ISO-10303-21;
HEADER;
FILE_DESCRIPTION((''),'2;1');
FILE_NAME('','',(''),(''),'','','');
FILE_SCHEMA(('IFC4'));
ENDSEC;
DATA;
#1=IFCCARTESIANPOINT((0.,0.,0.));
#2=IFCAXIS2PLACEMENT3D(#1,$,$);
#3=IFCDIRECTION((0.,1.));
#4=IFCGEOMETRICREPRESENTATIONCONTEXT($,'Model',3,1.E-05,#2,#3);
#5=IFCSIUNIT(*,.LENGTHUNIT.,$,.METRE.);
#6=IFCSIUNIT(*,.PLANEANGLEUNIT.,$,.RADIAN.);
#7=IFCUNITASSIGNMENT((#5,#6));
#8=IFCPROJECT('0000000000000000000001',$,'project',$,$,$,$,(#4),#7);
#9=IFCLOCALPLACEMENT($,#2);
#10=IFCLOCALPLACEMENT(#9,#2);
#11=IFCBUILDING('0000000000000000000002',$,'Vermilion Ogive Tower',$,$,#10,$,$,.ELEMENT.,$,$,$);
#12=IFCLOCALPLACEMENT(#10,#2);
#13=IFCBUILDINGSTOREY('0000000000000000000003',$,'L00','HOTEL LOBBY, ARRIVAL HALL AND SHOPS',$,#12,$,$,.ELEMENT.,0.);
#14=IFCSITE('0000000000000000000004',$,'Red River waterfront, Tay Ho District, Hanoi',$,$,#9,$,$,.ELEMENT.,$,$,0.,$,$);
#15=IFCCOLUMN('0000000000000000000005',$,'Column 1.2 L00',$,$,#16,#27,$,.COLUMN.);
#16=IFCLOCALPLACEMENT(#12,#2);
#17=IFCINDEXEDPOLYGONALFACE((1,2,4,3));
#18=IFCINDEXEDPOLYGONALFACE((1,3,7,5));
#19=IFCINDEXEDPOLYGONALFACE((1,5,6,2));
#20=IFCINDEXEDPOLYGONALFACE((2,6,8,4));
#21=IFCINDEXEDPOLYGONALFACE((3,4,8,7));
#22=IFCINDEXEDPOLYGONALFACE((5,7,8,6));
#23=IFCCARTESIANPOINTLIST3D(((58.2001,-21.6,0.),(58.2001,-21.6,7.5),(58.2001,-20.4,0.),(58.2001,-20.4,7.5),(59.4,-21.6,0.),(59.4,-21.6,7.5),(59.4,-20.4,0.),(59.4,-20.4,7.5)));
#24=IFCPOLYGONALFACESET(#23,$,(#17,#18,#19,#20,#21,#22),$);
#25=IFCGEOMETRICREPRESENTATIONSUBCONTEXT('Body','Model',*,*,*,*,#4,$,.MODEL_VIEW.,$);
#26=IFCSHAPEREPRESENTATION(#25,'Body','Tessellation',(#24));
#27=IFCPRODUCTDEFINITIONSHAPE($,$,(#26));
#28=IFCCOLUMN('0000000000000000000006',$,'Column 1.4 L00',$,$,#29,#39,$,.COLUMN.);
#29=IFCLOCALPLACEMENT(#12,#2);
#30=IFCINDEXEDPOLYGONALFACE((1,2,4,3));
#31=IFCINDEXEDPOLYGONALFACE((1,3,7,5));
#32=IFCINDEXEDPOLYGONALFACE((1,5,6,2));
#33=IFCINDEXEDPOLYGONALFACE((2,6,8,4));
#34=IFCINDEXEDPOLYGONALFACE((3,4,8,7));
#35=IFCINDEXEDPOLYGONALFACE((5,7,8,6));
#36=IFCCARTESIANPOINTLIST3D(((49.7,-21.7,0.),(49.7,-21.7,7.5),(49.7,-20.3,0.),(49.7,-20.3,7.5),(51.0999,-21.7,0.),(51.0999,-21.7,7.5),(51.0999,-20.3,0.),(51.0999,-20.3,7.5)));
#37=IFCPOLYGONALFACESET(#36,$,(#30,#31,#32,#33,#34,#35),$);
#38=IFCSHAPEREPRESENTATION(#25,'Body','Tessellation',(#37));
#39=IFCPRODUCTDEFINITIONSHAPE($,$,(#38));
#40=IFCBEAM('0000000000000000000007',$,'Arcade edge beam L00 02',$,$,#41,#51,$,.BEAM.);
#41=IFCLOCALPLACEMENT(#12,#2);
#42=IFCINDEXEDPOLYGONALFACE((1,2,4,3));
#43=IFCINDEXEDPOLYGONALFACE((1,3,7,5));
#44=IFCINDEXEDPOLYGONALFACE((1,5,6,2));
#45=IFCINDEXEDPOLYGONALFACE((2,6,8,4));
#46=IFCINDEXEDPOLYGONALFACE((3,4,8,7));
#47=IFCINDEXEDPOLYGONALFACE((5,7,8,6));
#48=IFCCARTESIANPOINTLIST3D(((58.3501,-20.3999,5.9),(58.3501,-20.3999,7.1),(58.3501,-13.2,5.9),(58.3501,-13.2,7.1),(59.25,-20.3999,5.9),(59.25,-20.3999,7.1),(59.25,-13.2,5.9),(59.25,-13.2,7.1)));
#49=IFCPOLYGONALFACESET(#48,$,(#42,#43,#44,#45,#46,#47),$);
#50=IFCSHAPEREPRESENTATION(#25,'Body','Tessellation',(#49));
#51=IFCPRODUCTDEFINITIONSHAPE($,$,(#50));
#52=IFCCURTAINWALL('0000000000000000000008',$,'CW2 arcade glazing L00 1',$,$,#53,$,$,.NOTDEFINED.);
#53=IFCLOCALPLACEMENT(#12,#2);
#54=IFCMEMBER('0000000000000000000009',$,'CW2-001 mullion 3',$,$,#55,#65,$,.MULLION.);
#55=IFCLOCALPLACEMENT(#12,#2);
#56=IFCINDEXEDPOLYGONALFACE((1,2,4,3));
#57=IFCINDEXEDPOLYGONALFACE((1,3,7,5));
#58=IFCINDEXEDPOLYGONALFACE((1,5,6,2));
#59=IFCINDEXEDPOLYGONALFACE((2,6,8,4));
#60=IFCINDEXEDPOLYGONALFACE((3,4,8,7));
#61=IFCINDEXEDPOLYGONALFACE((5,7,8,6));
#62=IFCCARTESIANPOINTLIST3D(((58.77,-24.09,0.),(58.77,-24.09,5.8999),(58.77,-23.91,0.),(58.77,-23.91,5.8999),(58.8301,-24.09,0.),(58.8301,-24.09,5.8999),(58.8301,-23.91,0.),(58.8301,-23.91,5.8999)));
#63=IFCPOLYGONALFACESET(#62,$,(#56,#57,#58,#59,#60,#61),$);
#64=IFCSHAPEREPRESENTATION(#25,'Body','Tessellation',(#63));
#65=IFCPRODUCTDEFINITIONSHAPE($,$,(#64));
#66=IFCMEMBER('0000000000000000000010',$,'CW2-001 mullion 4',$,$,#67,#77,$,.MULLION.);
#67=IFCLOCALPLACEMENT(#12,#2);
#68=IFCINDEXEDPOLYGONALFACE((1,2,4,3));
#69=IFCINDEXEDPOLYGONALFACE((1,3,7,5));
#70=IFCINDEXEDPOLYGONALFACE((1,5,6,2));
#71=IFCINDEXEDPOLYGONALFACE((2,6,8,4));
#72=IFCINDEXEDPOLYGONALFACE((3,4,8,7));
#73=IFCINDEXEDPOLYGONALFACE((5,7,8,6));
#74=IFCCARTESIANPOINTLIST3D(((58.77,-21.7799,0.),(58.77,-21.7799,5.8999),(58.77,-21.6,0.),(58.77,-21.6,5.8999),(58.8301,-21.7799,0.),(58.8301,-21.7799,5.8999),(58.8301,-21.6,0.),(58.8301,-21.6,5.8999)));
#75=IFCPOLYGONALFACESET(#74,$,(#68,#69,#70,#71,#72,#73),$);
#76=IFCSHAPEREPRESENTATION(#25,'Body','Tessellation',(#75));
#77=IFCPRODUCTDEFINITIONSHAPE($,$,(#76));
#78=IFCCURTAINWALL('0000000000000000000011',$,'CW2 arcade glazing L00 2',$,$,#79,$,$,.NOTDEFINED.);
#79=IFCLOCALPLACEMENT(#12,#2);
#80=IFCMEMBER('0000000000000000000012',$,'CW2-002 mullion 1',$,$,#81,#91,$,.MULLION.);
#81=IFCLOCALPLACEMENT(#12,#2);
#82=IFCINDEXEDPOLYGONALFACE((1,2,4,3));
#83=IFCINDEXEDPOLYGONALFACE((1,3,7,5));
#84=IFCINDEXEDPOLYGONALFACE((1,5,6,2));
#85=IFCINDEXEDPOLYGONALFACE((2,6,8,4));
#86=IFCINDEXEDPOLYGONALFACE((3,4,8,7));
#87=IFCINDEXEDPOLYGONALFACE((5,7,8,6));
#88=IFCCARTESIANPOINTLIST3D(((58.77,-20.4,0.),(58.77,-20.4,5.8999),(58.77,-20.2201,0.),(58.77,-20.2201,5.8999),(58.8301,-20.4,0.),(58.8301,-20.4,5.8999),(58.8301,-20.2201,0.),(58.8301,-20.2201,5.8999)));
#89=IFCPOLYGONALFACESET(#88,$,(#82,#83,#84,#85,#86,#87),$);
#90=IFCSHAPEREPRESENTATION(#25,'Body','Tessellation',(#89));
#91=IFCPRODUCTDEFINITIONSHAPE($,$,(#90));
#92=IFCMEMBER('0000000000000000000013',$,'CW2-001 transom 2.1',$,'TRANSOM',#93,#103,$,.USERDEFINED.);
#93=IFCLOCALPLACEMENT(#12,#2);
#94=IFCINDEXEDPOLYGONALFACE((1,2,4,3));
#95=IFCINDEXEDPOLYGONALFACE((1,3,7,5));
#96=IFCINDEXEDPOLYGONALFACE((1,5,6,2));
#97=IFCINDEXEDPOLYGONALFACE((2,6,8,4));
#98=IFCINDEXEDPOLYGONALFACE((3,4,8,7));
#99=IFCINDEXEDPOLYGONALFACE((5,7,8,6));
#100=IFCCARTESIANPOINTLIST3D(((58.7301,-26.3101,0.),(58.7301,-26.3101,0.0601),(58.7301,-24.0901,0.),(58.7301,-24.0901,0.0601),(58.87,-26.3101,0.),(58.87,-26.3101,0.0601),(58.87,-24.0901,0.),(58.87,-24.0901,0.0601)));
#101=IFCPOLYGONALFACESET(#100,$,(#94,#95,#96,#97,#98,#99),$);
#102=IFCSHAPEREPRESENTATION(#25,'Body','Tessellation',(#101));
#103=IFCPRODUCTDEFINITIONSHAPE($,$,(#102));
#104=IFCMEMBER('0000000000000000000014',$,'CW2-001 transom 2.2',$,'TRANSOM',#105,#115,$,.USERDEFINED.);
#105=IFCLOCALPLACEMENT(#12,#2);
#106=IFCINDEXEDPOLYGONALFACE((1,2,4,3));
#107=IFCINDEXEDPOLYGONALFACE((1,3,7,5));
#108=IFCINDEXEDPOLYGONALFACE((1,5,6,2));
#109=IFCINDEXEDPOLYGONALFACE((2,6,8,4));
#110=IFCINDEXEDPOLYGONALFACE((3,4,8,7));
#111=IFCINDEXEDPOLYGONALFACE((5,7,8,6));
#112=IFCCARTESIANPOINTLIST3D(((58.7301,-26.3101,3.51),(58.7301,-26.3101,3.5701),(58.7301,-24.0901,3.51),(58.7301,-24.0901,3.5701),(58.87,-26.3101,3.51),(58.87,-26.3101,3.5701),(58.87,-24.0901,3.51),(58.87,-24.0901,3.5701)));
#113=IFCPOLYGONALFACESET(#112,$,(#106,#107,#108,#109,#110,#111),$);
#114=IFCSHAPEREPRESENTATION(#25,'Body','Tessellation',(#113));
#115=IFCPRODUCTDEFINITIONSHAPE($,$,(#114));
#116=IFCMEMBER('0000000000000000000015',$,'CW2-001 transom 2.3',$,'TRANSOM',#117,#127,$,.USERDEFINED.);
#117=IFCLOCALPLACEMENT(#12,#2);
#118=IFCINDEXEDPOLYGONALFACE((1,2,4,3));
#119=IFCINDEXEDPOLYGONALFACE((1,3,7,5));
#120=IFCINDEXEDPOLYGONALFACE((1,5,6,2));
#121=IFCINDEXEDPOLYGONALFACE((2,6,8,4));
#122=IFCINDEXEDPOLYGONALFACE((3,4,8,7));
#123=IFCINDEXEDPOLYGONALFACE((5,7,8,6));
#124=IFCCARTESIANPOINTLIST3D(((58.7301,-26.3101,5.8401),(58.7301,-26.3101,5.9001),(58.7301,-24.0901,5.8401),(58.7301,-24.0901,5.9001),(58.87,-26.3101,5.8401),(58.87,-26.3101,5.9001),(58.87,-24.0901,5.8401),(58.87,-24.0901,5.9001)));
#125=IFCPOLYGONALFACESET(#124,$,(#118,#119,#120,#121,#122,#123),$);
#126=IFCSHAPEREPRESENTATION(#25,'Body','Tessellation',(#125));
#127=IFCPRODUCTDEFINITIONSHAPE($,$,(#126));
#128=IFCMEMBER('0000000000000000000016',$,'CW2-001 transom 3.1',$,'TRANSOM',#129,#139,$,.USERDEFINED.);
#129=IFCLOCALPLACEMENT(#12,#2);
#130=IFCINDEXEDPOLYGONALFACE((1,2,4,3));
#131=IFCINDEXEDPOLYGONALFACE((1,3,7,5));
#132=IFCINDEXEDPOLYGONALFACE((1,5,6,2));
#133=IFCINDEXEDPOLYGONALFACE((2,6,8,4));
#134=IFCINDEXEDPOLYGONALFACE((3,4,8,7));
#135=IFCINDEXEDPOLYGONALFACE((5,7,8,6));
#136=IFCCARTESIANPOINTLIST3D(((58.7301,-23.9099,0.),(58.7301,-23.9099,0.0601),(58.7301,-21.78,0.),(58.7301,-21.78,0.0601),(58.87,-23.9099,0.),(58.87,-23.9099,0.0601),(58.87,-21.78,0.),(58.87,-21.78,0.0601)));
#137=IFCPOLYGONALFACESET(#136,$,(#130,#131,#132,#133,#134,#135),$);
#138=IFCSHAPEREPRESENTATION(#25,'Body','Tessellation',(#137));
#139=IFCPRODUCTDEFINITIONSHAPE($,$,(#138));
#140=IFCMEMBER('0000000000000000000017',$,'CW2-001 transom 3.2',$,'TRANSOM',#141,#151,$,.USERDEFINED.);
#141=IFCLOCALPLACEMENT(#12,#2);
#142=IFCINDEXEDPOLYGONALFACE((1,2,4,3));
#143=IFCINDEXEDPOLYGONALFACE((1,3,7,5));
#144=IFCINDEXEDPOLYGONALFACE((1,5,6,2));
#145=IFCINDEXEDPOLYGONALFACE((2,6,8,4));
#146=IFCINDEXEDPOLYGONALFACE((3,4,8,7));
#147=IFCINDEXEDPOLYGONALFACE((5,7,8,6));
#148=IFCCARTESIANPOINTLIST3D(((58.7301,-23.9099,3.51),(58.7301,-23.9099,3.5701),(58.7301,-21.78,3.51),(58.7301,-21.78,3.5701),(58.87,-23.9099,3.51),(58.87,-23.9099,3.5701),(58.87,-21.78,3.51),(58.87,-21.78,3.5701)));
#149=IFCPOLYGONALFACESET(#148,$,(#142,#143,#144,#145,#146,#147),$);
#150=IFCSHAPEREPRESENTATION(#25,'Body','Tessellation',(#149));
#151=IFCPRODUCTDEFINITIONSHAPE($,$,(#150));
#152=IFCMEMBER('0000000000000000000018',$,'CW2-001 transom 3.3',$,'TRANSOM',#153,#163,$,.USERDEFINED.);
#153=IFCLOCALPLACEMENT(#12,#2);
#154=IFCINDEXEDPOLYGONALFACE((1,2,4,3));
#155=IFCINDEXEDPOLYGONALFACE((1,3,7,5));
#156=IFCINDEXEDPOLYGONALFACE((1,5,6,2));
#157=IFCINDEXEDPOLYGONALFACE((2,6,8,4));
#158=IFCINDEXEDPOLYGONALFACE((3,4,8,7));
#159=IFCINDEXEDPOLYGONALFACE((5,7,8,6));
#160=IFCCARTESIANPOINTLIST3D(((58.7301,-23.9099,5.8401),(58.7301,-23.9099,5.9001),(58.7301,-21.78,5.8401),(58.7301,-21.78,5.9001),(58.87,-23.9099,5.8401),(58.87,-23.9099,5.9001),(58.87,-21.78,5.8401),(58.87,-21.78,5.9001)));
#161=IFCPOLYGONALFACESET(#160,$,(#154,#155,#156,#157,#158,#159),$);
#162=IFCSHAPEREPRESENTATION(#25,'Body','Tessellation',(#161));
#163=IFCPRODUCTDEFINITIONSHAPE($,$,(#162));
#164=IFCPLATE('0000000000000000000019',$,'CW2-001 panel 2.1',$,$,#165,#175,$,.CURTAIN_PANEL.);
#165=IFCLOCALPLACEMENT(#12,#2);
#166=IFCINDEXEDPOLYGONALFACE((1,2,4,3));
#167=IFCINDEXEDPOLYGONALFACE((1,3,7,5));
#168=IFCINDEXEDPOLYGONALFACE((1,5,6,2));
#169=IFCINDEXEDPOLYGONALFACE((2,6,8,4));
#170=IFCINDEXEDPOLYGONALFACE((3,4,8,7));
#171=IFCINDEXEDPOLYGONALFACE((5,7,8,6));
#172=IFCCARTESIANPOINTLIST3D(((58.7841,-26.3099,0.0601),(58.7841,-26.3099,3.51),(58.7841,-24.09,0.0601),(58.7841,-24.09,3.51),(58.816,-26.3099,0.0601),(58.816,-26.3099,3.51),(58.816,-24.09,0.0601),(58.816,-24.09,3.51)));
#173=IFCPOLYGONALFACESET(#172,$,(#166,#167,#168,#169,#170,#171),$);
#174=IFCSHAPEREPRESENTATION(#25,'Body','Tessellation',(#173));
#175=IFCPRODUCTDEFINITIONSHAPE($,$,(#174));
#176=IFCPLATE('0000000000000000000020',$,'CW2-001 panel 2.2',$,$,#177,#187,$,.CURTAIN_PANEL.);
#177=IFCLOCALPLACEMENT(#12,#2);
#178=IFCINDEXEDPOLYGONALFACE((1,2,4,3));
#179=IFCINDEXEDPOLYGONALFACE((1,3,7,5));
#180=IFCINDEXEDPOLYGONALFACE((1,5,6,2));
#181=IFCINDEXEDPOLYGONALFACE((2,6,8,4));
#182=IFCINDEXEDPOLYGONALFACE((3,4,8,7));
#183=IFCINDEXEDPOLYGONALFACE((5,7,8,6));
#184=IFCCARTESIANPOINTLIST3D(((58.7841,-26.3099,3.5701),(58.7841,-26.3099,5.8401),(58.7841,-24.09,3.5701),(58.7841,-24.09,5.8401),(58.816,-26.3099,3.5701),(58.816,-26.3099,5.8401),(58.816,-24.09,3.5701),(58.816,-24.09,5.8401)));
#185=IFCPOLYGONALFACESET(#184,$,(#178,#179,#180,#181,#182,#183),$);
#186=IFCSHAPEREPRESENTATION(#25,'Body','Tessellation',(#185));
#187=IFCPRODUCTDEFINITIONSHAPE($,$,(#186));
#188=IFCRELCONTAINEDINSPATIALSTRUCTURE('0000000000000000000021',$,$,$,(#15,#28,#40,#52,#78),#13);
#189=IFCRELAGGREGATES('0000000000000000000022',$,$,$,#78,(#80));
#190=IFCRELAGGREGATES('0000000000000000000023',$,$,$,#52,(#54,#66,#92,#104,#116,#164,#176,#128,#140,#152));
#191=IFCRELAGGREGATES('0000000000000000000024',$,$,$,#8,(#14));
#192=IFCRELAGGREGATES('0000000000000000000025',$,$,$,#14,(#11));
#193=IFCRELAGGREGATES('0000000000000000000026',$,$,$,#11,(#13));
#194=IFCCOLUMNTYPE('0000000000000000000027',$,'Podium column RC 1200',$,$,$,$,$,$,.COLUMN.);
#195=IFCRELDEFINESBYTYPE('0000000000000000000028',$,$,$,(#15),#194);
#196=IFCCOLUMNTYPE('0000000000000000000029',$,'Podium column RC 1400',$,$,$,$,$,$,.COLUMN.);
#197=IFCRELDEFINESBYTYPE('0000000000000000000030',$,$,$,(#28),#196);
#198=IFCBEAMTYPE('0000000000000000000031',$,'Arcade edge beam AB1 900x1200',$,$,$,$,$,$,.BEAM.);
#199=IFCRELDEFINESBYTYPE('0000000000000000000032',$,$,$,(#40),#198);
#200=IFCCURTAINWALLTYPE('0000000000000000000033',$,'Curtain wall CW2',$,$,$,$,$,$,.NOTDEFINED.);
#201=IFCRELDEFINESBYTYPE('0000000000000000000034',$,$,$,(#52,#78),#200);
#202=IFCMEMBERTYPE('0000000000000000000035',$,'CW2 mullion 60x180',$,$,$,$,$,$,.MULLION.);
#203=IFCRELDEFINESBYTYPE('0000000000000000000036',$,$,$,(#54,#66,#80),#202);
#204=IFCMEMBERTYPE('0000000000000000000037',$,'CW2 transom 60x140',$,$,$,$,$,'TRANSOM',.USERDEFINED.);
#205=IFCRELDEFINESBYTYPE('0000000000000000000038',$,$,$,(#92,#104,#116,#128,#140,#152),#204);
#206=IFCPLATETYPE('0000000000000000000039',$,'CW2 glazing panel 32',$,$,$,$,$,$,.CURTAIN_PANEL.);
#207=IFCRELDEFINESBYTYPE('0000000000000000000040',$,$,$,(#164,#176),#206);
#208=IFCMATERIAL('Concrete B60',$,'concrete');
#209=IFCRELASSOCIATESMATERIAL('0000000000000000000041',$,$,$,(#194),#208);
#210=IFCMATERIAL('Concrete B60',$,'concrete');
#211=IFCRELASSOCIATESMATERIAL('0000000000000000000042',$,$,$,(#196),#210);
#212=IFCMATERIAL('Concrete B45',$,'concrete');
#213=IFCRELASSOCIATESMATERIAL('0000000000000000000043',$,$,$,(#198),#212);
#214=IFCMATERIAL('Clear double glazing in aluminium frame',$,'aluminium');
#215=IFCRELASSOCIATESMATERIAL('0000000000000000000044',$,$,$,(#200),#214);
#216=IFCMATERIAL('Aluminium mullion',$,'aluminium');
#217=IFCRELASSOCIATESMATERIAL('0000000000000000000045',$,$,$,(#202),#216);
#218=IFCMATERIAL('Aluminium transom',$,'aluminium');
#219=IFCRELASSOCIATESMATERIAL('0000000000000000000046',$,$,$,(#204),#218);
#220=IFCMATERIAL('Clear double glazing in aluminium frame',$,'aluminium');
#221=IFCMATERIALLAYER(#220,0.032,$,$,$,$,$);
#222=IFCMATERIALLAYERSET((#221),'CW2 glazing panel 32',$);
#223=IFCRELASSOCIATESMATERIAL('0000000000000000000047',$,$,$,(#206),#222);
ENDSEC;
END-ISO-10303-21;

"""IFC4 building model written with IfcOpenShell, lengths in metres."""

from ifc_helpers import new_model, si_unit, direction, frame, origin, origin_2d, place, context, subcontext, project, spatial, rectangle, extrude, material, layer, layer_set, material_profile, profile_set, type_object, element, aggregate, save


model = new_model("IFC4")

# Units and contexts
model_context = context("Model", 3, precision=1e-05, world=origin(), true_north=direction((0.0, 1.0)))
body_context = subcontext(model_context, "Body", "Model", "MODEL_VIEW")
ifc_project = project(units=[si_unit("LENGTHUNIT", "METRE"), si_unit("PLANEANGLEUNIT", "RADIAN")], contexts=[model_context])

# Site, building, storey
site_placement = place(None, origin())
site = spatial("IfcSite", under=ifc_project, at=site_placement, Name="Red River waterfront, Tay Ho District, Hanoi", CompositionType="ELEMENT", RefElevation=0.0)
building_placement = place(site_placement, origin())
building = spatial("IfcBuilding", under=site, at=building_placement, Name="Vermilion Ogive Tower", CompositionType="ELEMENT")
storey_placement = place(building_placement, origin())
storey = spatial("IfcBuildingStorey", under=building, at=storey_placement, Name="L00", Description="HOTEL LOBBY, ARRIVAL HALL AND SHOPS", CompositionType="ELEMENT", Elevation=0.0)

# Columns
ifc_material_1 = material(Name="Concrete B60", Category="concrete")
ifc_material_profile_1 = material_profile(ifc_material_1, rectangle(XDim=1.2, YDim=1.2, at=origin_2d()), Name="RC 1200x1200")
ifc_profile_set_1 = profile_set([ifc_material_profile_1], Name="Concrete B60")
column_type_1 = type_object("IfcColumnType", Name="Podium column RC 1200", PredefinedType="COLUMN", material=ifc_profile_set_1)
column_1_placement = place(storey_placement, frame((58.8, -21.0, 0.0), z_axis=(0.0, 0.0, 1.0), x_axis=(1.0, 0.0, 0.0)))
element("IfcColumn", 1, at=column_1_placement, inside=storey, type_object=column_type_1, Name="Column 1.2 L00", PredefinedType="COLUMN", context=body_context, shape_type="SweptSolid", body=[
    extrude(rectangle(XDim=1.2, YDim=1.2, at=origin_2d()), origin(), (0.0, 0.0, 1.0), 7.5),
])
ifc_material_2 = material(Name="Concrete B60", Category="concrete")
ifc_material_profile_2 = material_profile(ifc_material_2, rectangle(XDim=1.3999, YDim=1.3999, at=origin_2d()), Name="RC 1400x1400")
ifc_profile_set_2 = profile_set([ifc_material_profile_2], Name="Concrete B60")
column_type_2 = type_object("IfcColumnType", Name="Podium column RC 1400", PredefinedType="COLUMN", material=ifc_profile_set_2)
column_2_placement = place(storey_placement, frame((50.3999, -21.0, 0.0), z_axis=(0.0, 0.0, 1.0), x_axis=(1.0, 0.0, 0.0)))
element("IfcColumn", 2, at=column_2_placement, inside=storey, type_object=column_type_2, Name="Column 1.4 L00", PredefinedType="COLUMN", context=body_context, shape_type="SweptSolid", body=[
    extrude(rectangle(XDim=1.3999, YDim=1.3999, at=origin_2d()), origin(), (0.0, 0.0, 1.0), 7.5),
])

# Beam
ifc_material_3 = material(Name="Concrete B45", Category="concrete")
ifc_material_profile_3 = material_profile(ifc_material_3, rectangle(XDim=0.8999, YDim=1.2, at=origin_2d()), Name="RC 900x1200")
ifc_profile_set_3 = profile_set([ifc_material_profile_3], Name="Concrete B45")
beam_type = type_object("IfcBeamType", Name="Arcade edge beam AB1 900x1200", PredefinedType="BEAM", material=ifc_profile_set_3)
beam_placement = place(storey_placement, frame((58.8, -20.3999, 6.5), z_axis=(0.0, 1.0, 0.0), x_axis=(-1.0, 0.0, 0.0)))
element("IfcBeam", 3, at=beam_placement, inside=storey, type_object=beam_type, Name="Arcade edge beam L00 02", PredefinedType="BEAM", context=body_context, shape_type="SweptSolid", body=[
    extrude(rectangle(XDim=0.8999, YDim=1.2, at=origin_2d()), origin(), (0.0, 0.0, 1.0), 7.2),
])

# Curtain wall, members
ifc_material_4 = material(Name="Clear double glazing in aluminium frame", Category="aluminium")
curtain_wall_type = type_object("IfcCurtainWallType", Name="Curtain wall CW2", PredefinedType="NOTDEFINED", material=ifc_material_4)
curtain_wall_1_placement = place(storey_placement, origin())
curtain_wall_1 = element("IfcCurtainWall", 4, at=curtain_wall_1_placement, inside=storey, type_object=curtain_wall_type, Name="CW2 arcade glazing L00 1", PredefinedType="NOTDEFINED")
ifc_material_5 = material(Name="Aluminium mullion", Category="aluminium")
ifc_material_profile_4 = material_profile(ifc_material_5, rectangle(XDim=0.0601, YDim=0.1799, at=origin_2d()), Name="AL 60x180")
ifc_profile_set_4 = profile_set([ifc_material_profile_4], Name="Aluminium mullion")
member_type_1 = type_object("IfcMemberType", Name="CW2 mullion 60x180", PredefinedType="MULLION", material=ifc_profile_set_4)
member_1_placement = place(storey_placement, frame((58.8, -24.0, 0.0), z_axis=(0.0, 0.0, 1.0), x_axis=(-1.0, 0.0, 0.0)))
member_1 = element("IfcMember", 5, at=member_1_placement, type_object=member_type_1, Name="CW2-001 mullion 3", PredefinedType="MULLION", context=body_context, shape_type="SweptSolid", body=[
    extrude(rectangle(XDim=0.0601, YDim=0.1799, at=origin_2d()), origin(), (0.0, 0.0, 1.0), 5.8999),
])
member_2_placement = place(storey_placement, frame((58.8, -21.6899, 0.0), z_axis=(0.0, 0.0, 1.0), x_axis=(-1.0, 0.0, 0.0)))
member_2 = element("IfcMember", 6, at=member_2_placement, type_object=member_type_1, Name="CW2-001 mullion 4", PredefinedType="MULLION", context=body_context, shape_type="SweptSolid", body=[
    extrude(rectangle(XDim=0.0601, YDim=0.1799, at=origin_2d()), origin(), (0.0, 0.0, 1.0), 5.8999),
])

# Curtain wall, member
curtain_wall_2_placement = place(storey_placement, origin())
curtain_wall_2 = element("IfcCurtainWall", 7, at=curtain_wall_2_placement, inside=storey, type_object=curtain_wall_type, Name="CW2 arcade glazing L00 2", PredefinedType="NOTDEFINED")
member_3_placement = place(storey_placement, frame((58.8, -20.3101, 0.0), z_axis=(0.0, 0.0, 1.0), x_axis=(-1.0, 0.0, 0.0)))
member_3 = element("IfcMember", 8, at=member_3_placement, type_object=member_type_1, Name="CW2-002 mullion 1", PredefinedType="MULLION", context=body_context, shape_type="SweptSolid", body=[
    extrude(rectangle(XDim=0.0601, YDim=0.1799, at=origin_2d()), origin(), (0.0, 0.0, 1.0), 5.8999),
])
aggregate(curtain_wall_2, [member_3])

# Members
ifc_material_6 = material(Name="Aluminium transom", Category="aluminium")
ifc_material_profile_5 = material_profile(ifc_material_6, rectangle(XDim=0.1399, YDim=0.0601, at=origin_2d()), Name="AL 60x140")
ifc_profile_set_5 = profile_set([ifc_material_profile_5], Name="Aluminium transom")
member_type_2 = type_object("IfcMemberType", Name="CW2 transom 60x140", ElementType="TRANSOM", PredefinedType="USERDEFINED", material=ifc_profile_set_5)
member_4_placement = place(storey_placement, frame((58.8, -26.3101, 0.03), z_axis=(0.0, 1.0, 0.0), x_axis=(-1.0, 0.0, 0.0)))
member_4 = element("IfcMember", 9, at=member_4_placement, type_object=member_type_2, Name="CW2-001 transom 2.1", ObjectType="TRANSOM", PredefinedType="USERDEFINED", context=body_context, shape_type="SweptSolid", body=[
    extrude(rectangle(XDim=0.1399, YDim=0.0601, at=origin_2d()), origin(), (0.0, 0.0, 1.0), 2.22),
])
member_5_placement = place(storey_placement, frame((58.8, -26.3101, 3.54), z_axis=(0.0, 1.0, 0.0), x_axis=(-1.0, 0.0, 0.0)))
member_5 = element("IfcMember", 10, at=member_5_placement, type_object=member_type_2, Name="CW2-001 transom 2.2", ObjectType="TRANSOM", PredefinedType="USERDEFINED", context=body_context, shape_type="SweptSolid", body=[
    extrude(rectangle(XDim=0.1399, YDim=0.0601, at=origin_2d()), origin(), (0.0, 0.0, 1.0), 2.22),
])
member_6_placement = place(storey_placement, frame((58.8, -26.3101, 5.8701), z_axis=(0.0, 1.0, 0.0), x_axis=(-1.0, 0.0, 0.0)))
member_6 = element("IfcMember", 11, at=member_6_placement, type_object=member_type_2, Name="CW2-001 transom 2.3", ObjectType="TRANSOM", PredefinedType="USERDEFINED", context=body_context, shape_type="SweptSolid", body=[
    extrude(rectangle(XDim=0.1399, YDim=0.0601, at=origin_2d()), origin(), (0.0, 0.0, 1.0), 2.22),
])
member_7_placement = place(storey_placement, frame((58.8, -23.9099, 0.03), z_axis=(0.0, 1.0, 0.0), x_axis=(-1.0, 0.0, 0.0)))
member_7 = element("IfcMember", 12, at=member_7_placement, type_object=member_type_2, Name="CW2-001 transom 3.1", ObjectType="TRANSOM", PredefinedType="USERDEFINED", context=body_context, shape_type="SweptSolid", body=[
    extrude(rectangle(XDim=0.1399, YDim=0.0601, at=origin_2d()), origin(), (0.0, 0.0, 1.0), 2.1299),
])
member_8_placement = place(storey_placement, frame((58.8, -23.9099, 3.54), z_axis=(0.0, 1.0, 0.0), x_axis=(-1.0, 0.0, 0.0)))
member_8 = element("IfcMember", 13, at=member_8_placement, type_object=member_type_2, Name="CW2-001 transom 3.2", ObjectType="TRANSOM", PredefinedType="USERDEFINED", context=body_context, shape_type="SweptSolid", body=[
    extrude(rectangle(XDim=0.1399, YDim=0.0601, at=origin_2d()), origin(), (0.0, 0.0, 1.0), 2.1299),
])
member_9_placement = place(storey_placement, frame((58.8, -23.9099, 5.8701), z_axis=(0.0, 1.0, 0.0), x_axis=(-1.0, 0.0, 0.0)))
member_9 = element("IfcMember", 14, at=member_9_placement, type_object=member_type_2, Name="CW2-001 transom 3.3", ObjectType="TRANSOM", PredefinedType="USERDEFINED", context=body_context, shape_type="SweptSolid", body=[
    extrude(rectangle(XDim=0.1399, YDim=0.0601, at=origin_2d()), origin(), (0.0, 0.0, 1.0), 2.1299),
])

# Plates
ifc_material_7 = material(Name="Clear double glazing in aluminium frame", Category="aluminium")
ifc_layer_1 = layer(ifc_material_7, 0.032)
ifc_layer_set_1 = layer_set([ifc_layer_1], Name="CW2 glazing panel 32")
plate_type = type_object("IfcPlateType", Name="CW2 glazing panel 32", PredefinedType="CURTAIN_PANEL", material=ifc_layer_set_1)
plate_1_placement = place(storey_placement, frame((58.8, -25.2, 0.0601), z_axis=(0.0, 0.0, 1.0), x_axis=(0.0, 1.0, 0.0)))
plate_1 = element("IfcPlate", 15, at=plate_1_placement, type_object=plate_type, Name="CW2-001 panel 2.1", PredefinedType="CURTAIN_PANEL", context=body_context, shape_type="SweptSolid", body=[
    extrude(rectangle(XDim=2.22, YDim=0.032, at=origin_2d()), origin(), (0.0, 0.0, 1.0), 3.45),
])
plate_2_placement = place(storey_placement, frame((58.8, -25.2, 3.5701), z_axis=(0.0, 0.0, 1.0), x_axis=(0.0, 1.0, 0.0)))
plate_2 = element("IfcPlate", 16, at=plate_2_placement, type_object=plate_type, Name="CW2-001 panel 2.2", PredefinedType="CURTAIN_PANEL", context=body_context, shape_type="SweptSolid", body=[
    extrude(rectangle(XDim=2.22, YDim=0.032, at=origin_2d()), origin(), (0.0, 0.0, 1.0), 2.27),
])
aggregate(curtain_wall_1, [member_1, member_2, member_4, member_5, member_6, plate_1, plate_2, member_7, member_8, member_9])

save(model, "model.ifc")
